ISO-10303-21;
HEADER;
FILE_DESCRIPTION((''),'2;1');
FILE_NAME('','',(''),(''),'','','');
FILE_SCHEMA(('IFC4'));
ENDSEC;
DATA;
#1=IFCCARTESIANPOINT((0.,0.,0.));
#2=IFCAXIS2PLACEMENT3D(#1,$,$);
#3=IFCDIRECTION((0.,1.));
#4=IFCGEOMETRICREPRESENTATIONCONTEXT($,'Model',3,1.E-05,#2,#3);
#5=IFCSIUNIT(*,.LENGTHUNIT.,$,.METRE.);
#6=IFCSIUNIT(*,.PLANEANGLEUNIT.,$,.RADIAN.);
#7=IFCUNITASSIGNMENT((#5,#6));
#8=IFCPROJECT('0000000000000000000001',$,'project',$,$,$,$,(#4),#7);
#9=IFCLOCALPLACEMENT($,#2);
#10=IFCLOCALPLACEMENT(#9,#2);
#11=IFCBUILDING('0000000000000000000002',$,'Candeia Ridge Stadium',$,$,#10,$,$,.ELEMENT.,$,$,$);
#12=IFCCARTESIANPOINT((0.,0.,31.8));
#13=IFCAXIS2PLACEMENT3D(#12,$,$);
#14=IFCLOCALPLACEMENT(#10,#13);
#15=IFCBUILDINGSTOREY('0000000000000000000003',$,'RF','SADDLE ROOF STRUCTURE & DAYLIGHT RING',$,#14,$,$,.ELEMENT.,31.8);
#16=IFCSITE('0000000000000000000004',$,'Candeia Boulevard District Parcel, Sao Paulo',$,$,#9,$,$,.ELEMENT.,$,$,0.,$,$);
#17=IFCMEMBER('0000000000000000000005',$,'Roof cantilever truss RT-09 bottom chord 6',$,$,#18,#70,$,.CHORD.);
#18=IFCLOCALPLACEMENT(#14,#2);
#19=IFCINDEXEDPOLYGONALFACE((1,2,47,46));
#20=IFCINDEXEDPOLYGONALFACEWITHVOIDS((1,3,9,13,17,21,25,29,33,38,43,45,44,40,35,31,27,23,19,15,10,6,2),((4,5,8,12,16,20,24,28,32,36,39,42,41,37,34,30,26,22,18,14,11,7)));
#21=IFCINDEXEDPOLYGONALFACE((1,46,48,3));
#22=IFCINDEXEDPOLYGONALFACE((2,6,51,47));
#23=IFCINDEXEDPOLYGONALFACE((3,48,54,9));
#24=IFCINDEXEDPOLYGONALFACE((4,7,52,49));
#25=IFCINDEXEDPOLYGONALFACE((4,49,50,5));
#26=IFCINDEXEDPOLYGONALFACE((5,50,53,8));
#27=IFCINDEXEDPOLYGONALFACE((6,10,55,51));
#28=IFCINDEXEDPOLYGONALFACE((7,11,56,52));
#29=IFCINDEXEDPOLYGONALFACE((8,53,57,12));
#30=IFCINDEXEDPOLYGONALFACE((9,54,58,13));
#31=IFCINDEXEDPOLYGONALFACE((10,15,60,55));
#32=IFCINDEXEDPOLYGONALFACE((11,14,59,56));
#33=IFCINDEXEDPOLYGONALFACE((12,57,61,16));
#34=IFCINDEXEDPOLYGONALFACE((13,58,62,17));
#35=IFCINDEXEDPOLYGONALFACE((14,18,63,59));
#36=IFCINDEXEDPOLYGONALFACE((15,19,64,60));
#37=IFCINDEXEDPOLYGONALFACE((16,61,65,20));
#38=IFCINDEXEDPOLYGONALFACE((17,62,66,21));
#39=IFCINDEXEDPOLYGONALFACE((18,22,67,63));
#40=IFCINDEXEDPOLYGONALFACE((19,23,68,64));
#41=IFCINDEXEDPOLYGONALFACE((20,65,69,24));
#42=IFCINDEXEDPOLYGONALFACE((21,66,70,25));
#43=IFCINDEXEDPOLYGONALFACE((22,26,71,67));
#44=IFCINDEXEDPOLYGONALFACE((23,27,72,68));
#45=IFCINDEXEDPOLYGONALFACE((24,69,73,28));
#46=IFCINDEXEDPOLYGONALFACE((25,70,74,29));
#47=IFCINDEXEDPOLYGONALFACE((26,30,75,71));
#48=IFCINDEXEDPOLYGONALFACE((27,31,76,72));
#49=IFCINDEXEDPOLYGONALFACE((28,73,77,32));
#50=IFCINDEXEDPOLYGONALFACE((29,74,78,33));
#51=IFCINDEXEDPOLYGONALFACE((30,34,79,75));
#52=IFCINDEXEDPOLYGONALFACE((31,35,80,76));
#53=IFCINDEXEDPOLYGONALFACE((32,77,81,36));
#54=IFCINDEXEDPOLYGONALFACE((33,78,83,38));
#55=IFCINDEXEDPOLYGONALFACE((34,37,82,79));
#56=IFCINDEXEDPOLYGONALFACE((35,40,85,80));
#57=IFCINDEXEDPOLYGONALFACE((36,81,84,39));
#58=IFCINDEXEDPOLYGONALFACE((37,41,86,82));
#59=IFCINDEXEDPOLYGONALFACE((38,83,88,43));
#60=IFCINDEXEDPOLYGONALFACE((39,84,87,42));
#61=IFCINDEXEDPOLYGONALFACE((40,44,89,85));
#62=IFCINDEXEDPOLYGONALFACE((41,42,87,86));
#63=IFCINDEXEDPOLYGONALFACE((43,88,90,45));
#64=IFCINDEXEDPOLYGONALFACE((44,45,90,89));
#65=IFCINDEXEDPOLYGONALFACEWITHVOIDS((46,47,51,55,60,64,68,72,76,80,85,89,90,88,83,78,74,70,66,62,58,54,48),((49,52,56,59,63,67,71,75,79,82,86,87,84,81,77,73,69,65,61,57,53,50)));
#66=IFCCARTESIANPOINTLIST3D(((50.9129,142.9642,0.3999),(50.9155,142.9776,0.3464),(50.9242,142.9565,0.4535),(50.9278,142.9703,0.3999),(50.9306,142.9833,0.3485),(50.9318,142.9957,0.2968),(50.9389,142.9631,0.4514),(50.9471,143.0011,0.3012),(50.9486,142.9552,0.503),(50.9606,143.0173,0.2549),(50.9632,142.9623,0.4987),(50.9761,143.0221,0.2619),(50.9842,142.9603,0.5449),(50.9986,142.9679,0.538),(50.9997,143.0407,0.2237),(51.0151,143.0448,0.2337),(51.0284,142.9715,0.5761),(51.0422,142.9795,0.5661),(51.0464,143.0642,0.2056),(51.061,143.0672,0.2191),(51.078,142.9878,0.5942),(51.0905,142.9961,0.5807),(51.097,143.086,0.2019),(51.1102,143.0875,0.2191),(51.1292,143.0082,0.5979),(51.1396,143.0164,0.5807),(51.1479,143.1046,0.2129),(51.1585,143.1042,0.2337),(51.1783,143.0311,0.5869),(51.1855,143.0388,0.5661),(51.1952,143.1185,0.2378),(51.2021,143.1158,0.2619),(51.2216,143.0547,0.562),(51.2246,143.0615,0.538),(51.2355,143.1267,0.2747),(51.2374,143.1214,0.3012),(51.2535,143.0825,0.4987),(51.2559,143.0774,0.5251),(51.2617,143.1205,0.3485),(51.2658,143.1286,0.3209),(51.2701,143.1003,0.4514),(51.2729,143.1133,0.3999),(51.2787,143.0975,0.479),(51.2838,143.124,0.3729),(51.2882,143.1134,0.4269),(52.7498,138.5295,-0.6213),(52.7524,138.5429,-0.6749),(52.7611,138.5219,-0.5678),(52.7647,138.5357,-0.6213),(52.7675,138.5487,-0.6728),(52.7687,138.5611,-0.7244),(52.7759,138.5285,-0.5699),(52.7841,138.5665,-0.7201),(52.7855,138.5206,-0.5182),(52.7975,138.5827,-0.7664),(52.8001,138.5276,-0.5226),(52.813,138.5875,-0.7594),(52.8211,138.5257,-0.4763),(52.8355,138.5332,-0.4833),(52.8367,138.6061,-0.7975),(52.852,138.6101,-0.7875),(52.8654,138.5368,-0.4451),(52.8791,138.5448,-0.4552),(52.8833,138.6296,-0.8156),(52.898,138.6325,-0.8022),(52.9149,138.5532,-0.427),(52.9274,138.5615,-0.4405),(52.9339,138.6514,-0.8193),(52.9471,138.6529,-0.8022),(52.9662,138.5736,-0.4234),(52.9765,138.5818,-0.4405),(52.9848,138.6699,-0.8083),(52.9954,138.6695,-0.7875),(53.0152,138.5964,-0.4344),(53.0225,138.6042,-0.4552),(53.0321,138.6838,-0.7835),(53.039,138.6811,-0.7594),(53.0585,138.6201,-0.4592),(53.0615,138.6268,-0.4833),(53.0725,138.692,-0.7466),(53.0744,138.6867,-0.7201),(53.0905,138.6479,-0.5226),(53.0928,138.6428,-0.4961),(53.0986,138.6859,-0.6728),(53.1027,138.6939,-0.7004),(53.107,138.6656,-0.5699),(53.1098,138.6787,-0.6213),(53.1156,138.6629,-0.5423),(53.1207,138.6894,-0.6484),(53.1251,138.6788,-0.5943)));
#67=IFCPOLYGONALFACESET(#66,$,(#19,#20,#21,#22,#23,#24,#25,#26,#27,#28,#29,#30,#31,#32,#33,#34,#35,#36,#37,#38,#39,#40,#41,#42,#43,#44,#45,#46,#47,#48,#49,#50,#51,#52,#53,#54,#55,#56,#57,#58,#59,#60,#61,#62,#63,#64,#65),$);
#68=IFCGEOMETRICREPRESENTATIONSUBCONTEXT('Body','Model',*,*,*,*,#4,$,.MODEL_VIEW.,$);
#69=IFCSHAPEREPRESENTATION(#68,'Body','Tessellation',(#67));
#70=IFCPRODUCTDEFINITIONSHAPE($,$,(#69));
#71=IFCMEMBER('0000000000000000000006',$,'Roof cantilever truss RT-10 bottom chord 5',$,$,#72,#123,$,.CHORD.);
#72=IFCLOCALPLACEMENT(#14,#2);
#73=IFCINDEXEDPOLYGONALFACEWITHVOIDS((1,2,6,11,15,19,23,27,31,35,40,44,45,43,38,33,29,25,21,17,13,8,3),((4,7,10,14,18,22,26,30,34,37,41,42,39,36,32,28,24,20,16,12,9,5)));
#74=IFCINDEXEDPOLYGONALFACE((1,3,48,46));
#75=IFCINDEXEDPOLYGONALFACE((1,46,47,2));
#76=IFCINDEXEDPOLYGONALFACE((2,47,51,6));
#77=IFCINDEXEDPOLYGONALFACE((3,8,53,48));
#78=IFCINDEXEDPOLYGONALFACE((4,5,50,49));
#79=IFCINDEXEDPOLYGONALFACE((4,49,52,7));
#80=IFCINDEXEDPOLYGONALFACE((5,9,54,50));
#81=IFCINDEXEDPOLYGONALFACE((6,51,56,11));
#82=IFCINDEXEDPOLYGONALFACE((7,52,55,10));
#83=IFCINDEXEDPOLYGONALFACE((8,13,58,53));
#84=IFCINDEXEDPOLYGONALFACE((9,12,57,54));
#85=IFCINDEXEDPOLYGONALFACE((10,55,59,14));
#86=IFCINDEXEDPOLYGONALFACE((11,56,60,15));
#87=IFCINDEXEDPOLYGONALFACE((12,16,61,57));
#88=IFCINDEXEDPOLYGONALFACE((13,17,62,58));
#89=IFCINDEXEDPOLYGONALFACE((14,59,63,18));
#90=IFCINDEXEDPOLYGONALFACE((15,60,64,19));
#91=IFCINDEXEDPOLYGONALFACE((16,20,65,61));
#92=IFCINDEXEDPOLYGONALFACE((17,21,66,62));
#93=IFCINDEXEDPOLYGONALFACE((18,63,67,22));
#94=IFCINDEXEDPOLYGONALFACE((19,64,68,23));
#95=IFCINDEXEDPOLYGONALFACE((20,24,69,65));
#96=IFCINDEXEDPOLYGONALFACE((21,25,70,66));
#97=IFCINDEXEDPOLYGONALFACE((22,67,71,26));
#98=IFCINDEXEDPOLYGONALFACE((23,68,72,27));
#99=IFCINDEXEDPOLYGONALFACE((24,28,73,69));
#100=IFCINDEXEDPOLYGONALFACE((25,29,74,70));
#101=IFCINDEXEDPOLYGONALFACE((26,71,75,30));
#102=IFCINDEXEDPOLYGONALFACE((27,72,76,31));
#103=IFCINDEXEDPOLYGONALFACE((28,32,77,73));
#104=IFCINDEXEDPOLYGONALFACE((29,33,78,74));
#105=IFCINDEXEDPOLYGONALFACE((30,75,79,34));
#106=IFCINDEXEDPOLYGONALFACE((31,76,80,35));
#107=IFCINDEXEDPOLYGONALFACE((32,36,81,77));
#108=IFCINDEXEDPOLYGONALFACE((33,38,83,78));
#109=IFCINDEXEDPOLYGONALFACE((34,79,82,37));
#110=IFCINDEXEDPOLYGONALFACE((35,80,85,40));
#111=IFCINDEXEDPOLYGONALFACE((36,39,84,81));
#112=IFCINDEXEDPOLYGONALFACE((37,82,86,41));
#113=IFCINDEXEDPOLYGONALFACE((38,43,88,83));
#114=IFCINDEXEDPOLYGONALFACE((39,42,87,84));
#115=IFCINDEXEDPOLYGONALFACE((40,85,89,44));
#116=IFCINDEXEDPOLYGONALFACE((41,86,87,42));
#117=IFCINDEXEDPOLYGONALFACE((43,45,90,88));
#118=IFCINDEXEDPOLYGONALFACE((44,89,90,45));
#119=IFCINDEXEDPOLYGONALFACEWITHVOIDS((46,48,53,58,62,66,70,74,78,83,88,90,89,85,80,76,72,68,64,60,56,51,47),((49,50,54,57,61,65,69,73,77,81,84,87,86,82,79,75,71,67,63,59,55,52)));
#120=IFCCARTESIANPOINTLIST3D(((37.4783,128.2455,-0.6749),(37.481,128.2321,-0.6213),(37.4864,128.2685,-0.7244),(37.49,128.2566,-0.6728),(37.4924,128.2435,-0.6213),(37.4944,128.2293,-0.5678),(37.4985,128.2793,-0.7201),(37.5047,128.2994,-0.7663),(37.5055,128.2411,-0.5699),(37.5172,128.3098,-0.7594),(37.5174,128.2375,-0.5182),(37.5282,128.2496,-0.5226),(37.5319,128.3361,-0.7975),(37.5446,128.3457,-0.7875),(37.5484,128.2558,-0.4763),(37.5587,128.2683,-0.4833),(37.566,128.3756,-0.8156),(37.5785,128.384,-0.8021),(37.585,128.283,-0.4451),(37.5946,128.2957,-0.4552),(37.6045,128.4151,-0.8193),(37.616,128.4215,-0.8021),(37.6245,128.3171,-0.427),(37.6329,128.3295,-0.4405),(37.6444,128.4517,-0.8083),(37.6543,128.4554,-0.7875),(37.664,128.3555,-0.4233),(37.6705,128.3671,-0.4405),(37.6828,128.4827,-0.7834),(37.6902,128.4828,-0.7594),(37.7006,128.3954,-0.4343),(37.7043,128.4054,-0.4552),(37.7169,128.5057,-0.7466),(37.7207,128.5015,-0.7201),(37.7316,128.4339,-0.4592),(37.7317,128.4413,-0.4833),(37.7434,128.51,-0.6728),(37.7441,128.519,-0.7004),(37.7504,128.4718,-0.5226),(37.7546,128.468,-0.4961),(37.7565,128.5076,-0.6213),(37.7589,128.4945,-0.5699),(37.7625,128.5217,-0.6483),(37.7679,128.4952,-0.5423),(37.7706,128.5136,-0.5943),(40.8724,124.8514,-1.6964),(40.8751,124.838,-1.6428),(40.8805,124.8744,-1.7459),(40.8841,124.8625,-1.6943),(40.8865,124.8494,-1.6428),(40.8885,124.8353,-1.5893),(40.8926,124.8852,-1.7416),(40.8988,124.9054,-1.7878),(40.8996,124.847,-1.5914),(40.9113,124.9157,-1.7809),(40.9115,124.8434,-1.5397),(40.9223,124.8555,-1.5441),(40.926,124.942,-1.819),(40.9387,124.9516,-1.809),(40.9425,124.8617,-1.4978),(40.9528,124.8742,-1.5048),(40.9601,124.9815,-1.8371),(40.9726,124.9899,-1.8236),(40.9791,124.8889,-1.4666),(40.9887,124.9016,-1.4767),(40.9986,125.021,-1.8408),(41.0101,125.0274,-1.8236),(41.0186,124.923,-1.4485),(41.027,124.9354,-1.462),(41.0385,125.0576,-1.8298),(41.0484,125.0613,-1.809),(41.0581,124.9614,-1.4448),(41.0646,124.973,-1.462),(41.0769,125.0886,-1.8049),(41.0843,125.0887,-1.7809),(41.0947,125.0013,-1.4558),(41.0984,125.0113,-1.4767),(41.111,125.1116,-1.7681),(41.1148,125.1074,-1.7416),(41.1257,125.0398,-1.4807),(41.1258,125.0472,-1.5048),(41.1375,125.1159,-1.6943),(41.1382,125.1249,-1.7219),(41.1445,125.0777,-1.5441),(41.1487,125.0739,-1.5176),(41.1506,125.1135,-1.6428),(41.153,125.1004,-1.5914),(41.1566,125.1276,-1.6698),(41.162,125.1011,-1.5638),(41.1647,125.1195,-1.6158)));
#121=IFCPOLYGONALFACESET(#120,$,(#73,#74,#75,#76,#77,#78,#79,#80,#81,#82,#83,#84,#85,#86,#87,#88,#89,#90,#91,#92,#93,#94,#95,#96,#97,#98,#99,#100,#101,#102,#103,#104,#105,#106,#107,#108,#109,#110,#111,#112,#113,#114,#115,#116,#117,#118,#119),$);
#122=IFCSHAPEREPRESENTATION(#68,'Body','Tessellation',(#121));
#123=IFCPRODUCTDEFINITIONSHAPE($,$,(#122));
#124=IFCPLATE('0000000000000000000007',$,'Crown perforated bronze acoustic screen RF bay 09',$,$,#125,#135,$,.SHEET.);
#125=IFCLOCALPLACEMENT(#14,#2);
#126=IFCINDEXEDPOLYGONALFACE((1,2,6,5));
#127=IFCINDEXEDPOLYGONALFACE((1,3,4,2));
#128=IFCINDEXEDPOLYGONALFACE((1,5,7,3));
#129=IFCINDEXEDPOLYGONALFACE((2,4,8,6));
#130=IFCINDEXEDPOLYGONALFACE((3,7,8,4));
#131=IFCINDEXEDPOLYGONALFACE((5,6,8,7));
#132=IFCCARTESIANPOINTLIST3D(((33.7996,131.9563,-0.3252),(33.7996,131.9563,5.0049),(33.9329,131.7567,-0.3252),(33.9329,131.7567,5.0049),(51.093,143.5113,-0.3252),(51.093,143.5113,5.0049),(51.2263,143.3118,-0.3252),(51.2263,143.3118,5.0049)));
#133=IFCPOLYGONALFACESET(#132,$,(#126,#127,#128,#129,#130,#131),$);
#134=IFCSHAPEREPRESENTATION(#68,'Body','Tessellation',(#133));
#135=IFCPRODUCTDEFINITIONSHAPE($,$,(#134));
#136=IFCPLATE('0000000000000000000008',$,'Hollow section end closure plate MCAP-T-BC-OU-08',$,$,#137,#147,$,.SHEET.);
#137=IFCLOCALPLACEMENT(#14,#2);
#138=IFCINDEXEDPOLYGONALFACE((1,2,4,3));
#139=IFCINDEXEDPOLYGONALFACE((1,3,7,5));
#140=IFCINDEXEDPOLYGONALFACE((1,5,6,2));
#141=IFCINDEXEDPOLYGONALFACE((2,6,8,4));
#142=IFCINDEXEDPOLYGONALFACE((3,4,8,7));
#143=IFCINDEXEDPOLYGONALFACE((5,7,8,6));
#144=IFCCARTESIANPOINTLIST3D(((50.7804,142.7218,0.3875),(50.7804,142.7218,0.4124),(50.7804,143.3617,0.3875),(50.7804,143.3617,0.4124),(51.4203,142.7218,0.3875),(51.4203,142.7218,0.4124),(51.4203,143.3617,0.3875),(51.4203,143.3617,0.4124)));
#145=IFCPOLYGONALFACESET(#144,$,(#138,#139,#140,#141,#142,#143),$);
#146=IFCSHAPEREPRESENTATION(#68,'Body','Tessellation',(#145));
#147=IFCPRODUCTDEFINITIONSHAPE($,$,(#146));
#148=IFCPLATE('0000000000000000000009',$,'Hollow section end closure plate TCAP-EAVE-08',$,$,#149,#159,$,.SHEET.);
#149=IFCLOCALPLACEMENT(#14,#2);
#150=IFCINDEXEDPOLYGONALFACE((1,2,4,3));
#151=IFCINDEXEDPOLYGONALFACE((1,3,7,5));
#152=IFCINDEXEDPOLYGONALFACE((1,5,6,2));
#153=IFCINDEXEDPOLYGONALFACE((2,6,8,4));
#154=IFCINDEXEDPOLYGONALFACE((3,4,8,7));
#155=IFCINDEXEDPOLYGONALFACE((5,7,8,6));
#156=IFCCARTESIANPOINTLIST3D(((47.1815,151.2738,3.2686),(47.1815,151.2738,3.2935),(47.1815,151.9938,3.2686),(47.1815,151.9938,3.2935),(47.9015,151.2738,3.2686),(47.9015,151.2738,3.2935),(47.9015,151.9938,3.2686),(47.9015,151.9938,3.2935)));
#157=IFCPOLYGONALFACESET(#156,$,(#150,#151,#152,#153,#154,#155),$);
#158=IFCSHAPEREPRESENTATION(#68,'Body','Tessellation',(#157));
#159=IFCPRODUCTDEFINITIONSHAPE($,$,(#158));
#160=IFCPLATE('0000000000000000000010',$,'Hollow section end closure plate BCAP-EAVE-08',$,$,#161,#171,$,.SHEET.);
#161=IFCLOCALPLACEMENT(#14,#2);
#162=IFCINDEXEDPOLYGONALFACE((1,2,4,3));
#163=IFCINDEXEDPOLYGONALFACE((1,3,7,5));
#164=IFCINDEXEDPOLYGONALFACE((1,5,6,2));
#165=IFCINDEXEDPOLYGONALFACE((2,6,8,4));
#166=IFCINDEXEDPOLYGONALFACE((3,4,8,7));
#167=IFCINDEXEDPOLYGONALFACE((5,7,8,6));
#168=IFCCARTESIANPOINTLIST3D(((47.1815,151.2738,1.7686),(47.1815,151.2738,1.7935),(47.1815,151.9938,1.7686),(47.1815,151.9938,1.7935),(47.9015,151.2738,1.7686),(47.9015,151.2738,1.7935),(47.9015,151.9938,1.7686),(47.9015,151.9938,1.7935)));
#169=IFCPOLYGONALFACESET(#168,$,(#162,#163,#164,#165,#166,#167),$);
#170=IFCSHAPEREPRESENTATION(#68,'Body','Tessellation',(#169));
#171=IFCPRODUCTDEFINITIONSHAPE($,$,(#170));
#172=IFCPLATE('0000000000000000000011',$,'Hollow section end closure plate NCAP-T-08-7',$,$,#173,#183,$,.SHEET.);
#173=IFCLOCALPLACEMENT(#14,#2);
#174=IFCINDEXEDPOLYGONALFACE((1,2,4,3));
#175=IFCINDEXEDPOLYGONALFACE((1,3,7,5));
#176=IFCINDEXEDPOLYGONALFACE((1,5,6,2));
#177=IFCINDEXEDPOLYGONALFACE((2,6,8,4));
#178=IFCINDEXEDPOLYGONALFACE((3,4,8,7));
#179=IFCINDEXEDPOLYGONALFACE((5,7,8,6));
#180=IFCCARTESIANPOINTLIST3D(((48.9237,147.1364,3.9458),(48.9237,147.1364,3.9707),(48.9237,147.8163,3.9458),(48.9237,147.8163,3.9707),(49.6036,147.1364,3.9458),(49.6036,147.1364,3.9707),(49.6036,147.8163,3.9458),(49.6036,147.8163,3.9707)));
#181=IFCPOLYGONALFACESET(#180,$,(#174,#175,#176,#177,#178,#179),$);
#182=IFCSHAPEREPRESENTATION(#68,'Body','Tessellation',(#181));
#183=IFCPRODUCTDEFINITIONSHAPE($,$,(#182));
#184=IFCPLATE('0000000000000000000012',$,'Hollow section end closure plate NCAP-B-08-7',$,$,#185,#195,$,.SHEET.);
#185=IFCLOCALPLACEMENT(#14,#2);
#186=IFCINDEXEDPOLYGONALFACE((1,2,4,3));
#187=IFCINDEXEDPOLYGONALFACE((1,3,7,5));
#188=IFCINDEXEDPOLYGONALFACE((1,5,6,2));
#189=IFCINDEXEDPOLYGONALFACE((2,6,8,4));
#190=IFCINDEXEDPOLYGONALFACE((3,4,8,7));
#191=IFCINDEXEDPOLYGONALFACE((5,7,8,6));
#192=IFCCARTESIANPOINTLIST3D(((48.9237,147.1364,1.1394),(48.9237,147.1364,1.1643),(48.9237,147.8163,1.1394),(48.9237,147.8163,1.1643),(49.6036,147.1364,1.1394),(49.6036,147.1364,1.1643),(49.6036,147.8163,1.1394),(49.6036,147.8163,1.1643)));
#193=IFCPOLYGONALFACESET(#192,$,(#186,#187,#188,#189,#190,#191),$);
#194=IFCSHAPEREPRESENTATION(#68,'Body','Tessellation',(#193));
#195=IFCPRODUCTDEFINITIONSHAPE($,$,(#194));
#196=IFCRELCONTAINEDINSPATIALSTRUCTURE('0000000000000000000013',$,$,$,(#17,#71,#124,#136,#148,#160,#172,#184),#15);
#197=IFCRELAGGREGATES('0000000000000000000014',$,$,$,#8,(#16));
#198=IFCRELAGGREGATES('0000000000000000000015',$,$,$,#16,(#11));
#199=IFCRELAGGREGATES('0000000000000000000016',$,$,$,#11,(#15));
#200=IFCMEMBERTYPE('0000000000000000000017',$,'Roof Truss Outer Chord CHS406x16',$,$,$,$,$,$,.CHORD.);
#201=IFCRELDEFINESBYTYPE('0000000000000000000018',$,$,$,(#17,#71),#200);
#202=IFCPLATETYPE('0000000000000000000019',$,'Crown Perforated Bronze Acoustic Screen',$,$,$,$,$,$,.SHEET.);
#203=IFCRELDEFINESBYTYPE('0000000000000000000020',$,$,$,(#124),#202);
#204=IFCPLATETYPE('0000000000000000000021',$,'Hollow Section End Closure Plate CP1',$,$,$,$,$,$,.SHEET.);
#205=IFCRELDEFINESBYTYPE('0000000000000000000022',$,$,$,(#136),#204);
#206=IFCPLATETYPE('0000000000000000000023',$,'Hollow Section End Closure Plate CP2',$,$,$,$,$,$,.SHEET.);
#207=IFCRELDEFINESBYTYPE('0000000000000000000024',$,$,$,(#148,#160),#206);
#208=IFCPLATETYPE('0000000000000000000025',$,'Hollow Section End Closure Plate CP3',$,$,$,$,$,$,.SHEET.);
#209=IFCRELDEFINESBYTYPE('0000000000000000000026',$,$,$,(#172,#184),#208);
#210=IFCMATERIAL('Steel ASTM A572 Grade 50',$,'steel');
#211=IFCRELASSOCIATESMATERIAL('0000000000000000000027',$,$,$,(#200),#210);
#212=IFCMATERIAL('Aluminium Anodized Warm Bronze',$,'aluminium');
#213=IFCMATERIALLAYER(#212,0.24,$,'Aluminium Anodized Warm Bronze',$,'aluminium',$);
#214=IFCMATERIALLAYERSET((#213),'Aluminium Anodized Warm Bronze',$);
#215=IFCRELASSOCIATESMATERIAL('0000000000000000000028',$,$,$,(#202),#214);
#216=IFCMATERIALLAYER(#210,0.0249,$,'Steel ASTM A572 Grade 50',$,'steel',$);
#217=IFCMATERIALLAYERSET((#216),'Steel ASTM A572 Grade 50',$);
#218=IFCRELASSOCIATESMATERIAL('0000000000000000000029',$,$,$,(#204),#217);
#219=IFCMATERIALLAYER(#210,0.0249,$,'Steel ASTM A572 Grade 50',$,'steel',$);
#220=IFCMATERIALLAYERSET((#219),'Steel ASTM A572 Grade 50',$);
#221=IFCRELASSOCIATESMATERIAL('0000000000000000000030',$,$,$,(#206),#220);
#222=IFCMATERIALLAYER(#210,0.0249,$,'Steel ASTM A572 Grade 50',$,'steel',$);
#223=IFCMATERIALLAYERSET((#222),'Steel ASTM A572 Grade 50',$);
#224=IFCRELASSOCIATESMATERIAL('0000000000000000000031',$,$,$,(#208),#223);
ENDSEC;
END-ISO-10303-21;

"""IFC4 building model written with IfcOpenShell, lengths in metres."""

from ifc_helpers import new_model, si_unit, direction, frame, origin, origin_2d, place, context, subcontext, project, spatial, rectangle, hollow_circle, extrude, material, layer, layer_set, material_profile, profile_set, type_object, element, save


model = new_model("IFC4")

# Units and contexts
model_context = context("Model", 3, precision=1e-05, world=origin(), true_north=direction((0.0, 1.0)))
body_context = subcontext(model_context, "Body", "Model", "MODEL_VIEW")
ifc_project = project(units=[si_unit("LENGTHUNIT", "METRE"), si_unit("PLANEANGLEUNIT", "RADIAN")], contexts=[model_context])

# Site, building, storey
site_placement = place(None, origin())
site = spatial("IfcSite", under=ifc_project, at=site_placement, Name="Candeia Boulevard District Parcel, Sao Paulo", CompositionType="ELEMENT", RefElevation=0.0)
building_placement = place(site_placement, origin())
building = spatial("IfcBuilding", under=site, at=building_placement, Name="Candeia Ridge Stadium", CompositionType="ELEMENT")
storey_placement = place(building_placement, frame((0.0, 0.0, 31.8)))
storey = spatial("IfcBuildingStorey", under=building, at=storey_placement, Name="RF", Description="SADDLE ROOF STRUCTURE & DAYLIGHT RING", CompositionType="ELEMENT", Elevation=31.8)

# Shared definitions
ifc_material_1 = material(Name="Steel ASTM A572 Grade 50", Category="steel")

# Members
ifc_material_profile_1 = material_profile(ifc_material_1, hollow_circle(Radius=0.2029, WallThickness=0.0161, at=origin_2d()), Name="CHS406x16", Category="steel")
ifc_profile_set_1 = profile_set([ifc_material_profile_1], Name="Steel ASTM A572 Grade 50")
member_type_1 = type_object("IfcMemberType", Name="Roof Truss Outer Chord CHS406x16", PredefinedType="CHORD", material=ifc_profile_set_1)
for number, where, z_axis, x_axis, name in (
    (1, (52.9373, 138.6072, -0.6213), (-0.374315, 0.903649, 0.208102), (-0.923875, -0.382693, 0.0), "Roof cantilever truss RT-09 bottom chord 6"),
    (2, (41.0186, 124.9814, -1.6428), (-0.691619, 0.691619, 0.208152), (-0.707107, -0.707107, 0.0), "Roof cantilever truss RT-10 bottom chord 5"),
):
    element("IfcMember", number, at=place(storey_placement, frame(where, z_axis=z_axis, x_axis=x_axis)), inside=storey, type_object=member_type_1, Name=name, PredefinedType="CHORD", context=body_context, shape_type="SweptSolid", body=[
        extrude(hollow_circle(Radius=0.2029, WallThickness=0.0161, at=origin_2d()), origin(), (0.0, 0.0, 1.0), 4.9075),
    ])

# Plates
ifc_material_2 = material(Name="Aluminium Anodized Warm Bronze", Category="aluminium")
ifc_layer_1 = layer(ifc_material_2, 0.24, Name="Aluminium Anodized Warm Bronze", Category="aluminium")
ifc_layer_set_1 = layer_set([ifc_layer_1], Name="Aluminium Anodized Warm Bronze")
plate_type_1 = type_object("IfcPlateType", Name="Crown Perforated Bronze Acoustic Screen", PredefinedType="SHEET", material=ifc_layer_set_1)
plate_1_placement = place(storey_placement, frame((42.5129, 137.634, -0.3252), z_axis=(0.0, 0.0, 1.0), x_axis=(-0.83147, -0.55557, 0.0)))
element("IfcPlate", 3, at=plate_1_placement, inside=storey, type_object=plate_type_1, Name="Crown perforated bronze acoustic screen RF bay 09", PredefinedType="SHEET", context=body_context, shape_type="SweptSolid", body=[
    extrude(rectangle(XDim=20.7986, YDim=0.24, at=origin_2d()), origin(), (0.0, 0.0, 1.0), 5.3301),
])
ifc_layer_2 = layer(ifc_material_1, 0.0249, Name="Steel ASTM A572 Grade 50", Category="steel")
ifc_layer_set_2 = layer_set([ifc_layer_2], Name="Steel ASTM A572 Grade 50")
plate_type_2 = type_object("IfcPlateType", Name="Hollow Section End Closure Plate CP1", PredefinedType="SHEET", material=ifc_layer_set_2)
plate_2_placement = place(storey_placement, frame((51.1003, 143.0417, 0.3875), z_axis=(0.0, 0.0, 1.0), x_axis=(1.0, 0.0, 0.0)))
element("IfcPlate", 4, at=plate_2_placement, inside=storey, type_object=plate_type_2, Name="Hollow section end closure plate MCAP-T-BC-OU-08", PredefinedType="SHEET", context=body_context, shape_type="SweptSolid", body=[
    extrude(rectangle(XDim=0.6399, YDim=0.6399, at=origin_2d()), origin(), (0.0, 0.0, 1.0), 0.0249),
])
ifc_layer_3 = layer(ifc_material_1, 0.0249, Name="Steel ASTM A572 Grade 50", Category="steel")
ifc_layer_set_3 = layer_set([ifc_layer_3], Name="Steel ASTM A572 Grade 50")
plate_type_3 = type_object("IfcPlateType", Name="Hollow Section End Closure Plate CP2", PredefinedType="SHEET", material=ifc_layer_set_3)
for number, where, z_axis, x_axis, name in (
    (5, (47.5415, 151.6338, 3.2686), (0.0, 0.0, 1.0), (1.0, 0.0, 0.0), "Hollow section end closure plate TCAP-EAVE-08"),
    (6, (47.5415, 151.6338, 1.7686), (0.0, 0.0, 1.0), (1.0, 0.0, 0.0), "Hollow section end closure plate BCAP-EAVE-08"),
):
    element("IfcPlate", number, at=place(storey_placement, frame(where, z_axis=z_axis, x_axis=x_axis)), inside=storey, type_object=plate_type_3, Name=name, PredefinedType="SHEET", context=body_context, shape_type="SweptSolid", body=[
        extrude(rectangle(XDim=0.72, YDim=0.72, at=origin_2d()), origin(), (0.0, 0.0, 1.0), 0.0249),
    ])
ifc_layer_4 = layer(ifc_material_1, 0.0249, Name="Steel ASTM A572 Grade 50", Category="steel")
ifc_layer_set_4 = layer_set([ifc_layer_4], Name="Steel ASTM A572 Grade 50")
plate_type_4 = type_object("IfcPlateType", Name="Hollow Section End Closure Plate CP3", PredefinedType="SHEET", material=ifc_layer_set_4)
for number, where, z_axis, x_axis, name in (
    (7, (49.2637, 147.4763, 3.9458), (0.0, 0.0, 1.0), (1.0, 0.0, 0.0), "Hollow section end closure plate NCAP-T-08-7"),
    (8, (49.2637, 147.4763, 1.1394), (0.0, 0.0, 1.0), (1.0, 0.0, 0.0), "Hollow section end closure plate NCAP-B-08-7"),
):
    element("IfcPlate", number, at=place(storey_placement, frame(where, z_axis=z_axis, x_axis=x_axis)), inside=storey, type_object=plate_type_4, Name=name, PredefinedType="SHEET", context=body_context, shape_type="SweptSolid", body=[
        extrude(rectangle(XDim=0.6799, YDim=0.6799, at=origin_2d()), origin(), (0.0, 0.0, 1.0), 0.0249),
    ])

save(model, "model.ifc")
